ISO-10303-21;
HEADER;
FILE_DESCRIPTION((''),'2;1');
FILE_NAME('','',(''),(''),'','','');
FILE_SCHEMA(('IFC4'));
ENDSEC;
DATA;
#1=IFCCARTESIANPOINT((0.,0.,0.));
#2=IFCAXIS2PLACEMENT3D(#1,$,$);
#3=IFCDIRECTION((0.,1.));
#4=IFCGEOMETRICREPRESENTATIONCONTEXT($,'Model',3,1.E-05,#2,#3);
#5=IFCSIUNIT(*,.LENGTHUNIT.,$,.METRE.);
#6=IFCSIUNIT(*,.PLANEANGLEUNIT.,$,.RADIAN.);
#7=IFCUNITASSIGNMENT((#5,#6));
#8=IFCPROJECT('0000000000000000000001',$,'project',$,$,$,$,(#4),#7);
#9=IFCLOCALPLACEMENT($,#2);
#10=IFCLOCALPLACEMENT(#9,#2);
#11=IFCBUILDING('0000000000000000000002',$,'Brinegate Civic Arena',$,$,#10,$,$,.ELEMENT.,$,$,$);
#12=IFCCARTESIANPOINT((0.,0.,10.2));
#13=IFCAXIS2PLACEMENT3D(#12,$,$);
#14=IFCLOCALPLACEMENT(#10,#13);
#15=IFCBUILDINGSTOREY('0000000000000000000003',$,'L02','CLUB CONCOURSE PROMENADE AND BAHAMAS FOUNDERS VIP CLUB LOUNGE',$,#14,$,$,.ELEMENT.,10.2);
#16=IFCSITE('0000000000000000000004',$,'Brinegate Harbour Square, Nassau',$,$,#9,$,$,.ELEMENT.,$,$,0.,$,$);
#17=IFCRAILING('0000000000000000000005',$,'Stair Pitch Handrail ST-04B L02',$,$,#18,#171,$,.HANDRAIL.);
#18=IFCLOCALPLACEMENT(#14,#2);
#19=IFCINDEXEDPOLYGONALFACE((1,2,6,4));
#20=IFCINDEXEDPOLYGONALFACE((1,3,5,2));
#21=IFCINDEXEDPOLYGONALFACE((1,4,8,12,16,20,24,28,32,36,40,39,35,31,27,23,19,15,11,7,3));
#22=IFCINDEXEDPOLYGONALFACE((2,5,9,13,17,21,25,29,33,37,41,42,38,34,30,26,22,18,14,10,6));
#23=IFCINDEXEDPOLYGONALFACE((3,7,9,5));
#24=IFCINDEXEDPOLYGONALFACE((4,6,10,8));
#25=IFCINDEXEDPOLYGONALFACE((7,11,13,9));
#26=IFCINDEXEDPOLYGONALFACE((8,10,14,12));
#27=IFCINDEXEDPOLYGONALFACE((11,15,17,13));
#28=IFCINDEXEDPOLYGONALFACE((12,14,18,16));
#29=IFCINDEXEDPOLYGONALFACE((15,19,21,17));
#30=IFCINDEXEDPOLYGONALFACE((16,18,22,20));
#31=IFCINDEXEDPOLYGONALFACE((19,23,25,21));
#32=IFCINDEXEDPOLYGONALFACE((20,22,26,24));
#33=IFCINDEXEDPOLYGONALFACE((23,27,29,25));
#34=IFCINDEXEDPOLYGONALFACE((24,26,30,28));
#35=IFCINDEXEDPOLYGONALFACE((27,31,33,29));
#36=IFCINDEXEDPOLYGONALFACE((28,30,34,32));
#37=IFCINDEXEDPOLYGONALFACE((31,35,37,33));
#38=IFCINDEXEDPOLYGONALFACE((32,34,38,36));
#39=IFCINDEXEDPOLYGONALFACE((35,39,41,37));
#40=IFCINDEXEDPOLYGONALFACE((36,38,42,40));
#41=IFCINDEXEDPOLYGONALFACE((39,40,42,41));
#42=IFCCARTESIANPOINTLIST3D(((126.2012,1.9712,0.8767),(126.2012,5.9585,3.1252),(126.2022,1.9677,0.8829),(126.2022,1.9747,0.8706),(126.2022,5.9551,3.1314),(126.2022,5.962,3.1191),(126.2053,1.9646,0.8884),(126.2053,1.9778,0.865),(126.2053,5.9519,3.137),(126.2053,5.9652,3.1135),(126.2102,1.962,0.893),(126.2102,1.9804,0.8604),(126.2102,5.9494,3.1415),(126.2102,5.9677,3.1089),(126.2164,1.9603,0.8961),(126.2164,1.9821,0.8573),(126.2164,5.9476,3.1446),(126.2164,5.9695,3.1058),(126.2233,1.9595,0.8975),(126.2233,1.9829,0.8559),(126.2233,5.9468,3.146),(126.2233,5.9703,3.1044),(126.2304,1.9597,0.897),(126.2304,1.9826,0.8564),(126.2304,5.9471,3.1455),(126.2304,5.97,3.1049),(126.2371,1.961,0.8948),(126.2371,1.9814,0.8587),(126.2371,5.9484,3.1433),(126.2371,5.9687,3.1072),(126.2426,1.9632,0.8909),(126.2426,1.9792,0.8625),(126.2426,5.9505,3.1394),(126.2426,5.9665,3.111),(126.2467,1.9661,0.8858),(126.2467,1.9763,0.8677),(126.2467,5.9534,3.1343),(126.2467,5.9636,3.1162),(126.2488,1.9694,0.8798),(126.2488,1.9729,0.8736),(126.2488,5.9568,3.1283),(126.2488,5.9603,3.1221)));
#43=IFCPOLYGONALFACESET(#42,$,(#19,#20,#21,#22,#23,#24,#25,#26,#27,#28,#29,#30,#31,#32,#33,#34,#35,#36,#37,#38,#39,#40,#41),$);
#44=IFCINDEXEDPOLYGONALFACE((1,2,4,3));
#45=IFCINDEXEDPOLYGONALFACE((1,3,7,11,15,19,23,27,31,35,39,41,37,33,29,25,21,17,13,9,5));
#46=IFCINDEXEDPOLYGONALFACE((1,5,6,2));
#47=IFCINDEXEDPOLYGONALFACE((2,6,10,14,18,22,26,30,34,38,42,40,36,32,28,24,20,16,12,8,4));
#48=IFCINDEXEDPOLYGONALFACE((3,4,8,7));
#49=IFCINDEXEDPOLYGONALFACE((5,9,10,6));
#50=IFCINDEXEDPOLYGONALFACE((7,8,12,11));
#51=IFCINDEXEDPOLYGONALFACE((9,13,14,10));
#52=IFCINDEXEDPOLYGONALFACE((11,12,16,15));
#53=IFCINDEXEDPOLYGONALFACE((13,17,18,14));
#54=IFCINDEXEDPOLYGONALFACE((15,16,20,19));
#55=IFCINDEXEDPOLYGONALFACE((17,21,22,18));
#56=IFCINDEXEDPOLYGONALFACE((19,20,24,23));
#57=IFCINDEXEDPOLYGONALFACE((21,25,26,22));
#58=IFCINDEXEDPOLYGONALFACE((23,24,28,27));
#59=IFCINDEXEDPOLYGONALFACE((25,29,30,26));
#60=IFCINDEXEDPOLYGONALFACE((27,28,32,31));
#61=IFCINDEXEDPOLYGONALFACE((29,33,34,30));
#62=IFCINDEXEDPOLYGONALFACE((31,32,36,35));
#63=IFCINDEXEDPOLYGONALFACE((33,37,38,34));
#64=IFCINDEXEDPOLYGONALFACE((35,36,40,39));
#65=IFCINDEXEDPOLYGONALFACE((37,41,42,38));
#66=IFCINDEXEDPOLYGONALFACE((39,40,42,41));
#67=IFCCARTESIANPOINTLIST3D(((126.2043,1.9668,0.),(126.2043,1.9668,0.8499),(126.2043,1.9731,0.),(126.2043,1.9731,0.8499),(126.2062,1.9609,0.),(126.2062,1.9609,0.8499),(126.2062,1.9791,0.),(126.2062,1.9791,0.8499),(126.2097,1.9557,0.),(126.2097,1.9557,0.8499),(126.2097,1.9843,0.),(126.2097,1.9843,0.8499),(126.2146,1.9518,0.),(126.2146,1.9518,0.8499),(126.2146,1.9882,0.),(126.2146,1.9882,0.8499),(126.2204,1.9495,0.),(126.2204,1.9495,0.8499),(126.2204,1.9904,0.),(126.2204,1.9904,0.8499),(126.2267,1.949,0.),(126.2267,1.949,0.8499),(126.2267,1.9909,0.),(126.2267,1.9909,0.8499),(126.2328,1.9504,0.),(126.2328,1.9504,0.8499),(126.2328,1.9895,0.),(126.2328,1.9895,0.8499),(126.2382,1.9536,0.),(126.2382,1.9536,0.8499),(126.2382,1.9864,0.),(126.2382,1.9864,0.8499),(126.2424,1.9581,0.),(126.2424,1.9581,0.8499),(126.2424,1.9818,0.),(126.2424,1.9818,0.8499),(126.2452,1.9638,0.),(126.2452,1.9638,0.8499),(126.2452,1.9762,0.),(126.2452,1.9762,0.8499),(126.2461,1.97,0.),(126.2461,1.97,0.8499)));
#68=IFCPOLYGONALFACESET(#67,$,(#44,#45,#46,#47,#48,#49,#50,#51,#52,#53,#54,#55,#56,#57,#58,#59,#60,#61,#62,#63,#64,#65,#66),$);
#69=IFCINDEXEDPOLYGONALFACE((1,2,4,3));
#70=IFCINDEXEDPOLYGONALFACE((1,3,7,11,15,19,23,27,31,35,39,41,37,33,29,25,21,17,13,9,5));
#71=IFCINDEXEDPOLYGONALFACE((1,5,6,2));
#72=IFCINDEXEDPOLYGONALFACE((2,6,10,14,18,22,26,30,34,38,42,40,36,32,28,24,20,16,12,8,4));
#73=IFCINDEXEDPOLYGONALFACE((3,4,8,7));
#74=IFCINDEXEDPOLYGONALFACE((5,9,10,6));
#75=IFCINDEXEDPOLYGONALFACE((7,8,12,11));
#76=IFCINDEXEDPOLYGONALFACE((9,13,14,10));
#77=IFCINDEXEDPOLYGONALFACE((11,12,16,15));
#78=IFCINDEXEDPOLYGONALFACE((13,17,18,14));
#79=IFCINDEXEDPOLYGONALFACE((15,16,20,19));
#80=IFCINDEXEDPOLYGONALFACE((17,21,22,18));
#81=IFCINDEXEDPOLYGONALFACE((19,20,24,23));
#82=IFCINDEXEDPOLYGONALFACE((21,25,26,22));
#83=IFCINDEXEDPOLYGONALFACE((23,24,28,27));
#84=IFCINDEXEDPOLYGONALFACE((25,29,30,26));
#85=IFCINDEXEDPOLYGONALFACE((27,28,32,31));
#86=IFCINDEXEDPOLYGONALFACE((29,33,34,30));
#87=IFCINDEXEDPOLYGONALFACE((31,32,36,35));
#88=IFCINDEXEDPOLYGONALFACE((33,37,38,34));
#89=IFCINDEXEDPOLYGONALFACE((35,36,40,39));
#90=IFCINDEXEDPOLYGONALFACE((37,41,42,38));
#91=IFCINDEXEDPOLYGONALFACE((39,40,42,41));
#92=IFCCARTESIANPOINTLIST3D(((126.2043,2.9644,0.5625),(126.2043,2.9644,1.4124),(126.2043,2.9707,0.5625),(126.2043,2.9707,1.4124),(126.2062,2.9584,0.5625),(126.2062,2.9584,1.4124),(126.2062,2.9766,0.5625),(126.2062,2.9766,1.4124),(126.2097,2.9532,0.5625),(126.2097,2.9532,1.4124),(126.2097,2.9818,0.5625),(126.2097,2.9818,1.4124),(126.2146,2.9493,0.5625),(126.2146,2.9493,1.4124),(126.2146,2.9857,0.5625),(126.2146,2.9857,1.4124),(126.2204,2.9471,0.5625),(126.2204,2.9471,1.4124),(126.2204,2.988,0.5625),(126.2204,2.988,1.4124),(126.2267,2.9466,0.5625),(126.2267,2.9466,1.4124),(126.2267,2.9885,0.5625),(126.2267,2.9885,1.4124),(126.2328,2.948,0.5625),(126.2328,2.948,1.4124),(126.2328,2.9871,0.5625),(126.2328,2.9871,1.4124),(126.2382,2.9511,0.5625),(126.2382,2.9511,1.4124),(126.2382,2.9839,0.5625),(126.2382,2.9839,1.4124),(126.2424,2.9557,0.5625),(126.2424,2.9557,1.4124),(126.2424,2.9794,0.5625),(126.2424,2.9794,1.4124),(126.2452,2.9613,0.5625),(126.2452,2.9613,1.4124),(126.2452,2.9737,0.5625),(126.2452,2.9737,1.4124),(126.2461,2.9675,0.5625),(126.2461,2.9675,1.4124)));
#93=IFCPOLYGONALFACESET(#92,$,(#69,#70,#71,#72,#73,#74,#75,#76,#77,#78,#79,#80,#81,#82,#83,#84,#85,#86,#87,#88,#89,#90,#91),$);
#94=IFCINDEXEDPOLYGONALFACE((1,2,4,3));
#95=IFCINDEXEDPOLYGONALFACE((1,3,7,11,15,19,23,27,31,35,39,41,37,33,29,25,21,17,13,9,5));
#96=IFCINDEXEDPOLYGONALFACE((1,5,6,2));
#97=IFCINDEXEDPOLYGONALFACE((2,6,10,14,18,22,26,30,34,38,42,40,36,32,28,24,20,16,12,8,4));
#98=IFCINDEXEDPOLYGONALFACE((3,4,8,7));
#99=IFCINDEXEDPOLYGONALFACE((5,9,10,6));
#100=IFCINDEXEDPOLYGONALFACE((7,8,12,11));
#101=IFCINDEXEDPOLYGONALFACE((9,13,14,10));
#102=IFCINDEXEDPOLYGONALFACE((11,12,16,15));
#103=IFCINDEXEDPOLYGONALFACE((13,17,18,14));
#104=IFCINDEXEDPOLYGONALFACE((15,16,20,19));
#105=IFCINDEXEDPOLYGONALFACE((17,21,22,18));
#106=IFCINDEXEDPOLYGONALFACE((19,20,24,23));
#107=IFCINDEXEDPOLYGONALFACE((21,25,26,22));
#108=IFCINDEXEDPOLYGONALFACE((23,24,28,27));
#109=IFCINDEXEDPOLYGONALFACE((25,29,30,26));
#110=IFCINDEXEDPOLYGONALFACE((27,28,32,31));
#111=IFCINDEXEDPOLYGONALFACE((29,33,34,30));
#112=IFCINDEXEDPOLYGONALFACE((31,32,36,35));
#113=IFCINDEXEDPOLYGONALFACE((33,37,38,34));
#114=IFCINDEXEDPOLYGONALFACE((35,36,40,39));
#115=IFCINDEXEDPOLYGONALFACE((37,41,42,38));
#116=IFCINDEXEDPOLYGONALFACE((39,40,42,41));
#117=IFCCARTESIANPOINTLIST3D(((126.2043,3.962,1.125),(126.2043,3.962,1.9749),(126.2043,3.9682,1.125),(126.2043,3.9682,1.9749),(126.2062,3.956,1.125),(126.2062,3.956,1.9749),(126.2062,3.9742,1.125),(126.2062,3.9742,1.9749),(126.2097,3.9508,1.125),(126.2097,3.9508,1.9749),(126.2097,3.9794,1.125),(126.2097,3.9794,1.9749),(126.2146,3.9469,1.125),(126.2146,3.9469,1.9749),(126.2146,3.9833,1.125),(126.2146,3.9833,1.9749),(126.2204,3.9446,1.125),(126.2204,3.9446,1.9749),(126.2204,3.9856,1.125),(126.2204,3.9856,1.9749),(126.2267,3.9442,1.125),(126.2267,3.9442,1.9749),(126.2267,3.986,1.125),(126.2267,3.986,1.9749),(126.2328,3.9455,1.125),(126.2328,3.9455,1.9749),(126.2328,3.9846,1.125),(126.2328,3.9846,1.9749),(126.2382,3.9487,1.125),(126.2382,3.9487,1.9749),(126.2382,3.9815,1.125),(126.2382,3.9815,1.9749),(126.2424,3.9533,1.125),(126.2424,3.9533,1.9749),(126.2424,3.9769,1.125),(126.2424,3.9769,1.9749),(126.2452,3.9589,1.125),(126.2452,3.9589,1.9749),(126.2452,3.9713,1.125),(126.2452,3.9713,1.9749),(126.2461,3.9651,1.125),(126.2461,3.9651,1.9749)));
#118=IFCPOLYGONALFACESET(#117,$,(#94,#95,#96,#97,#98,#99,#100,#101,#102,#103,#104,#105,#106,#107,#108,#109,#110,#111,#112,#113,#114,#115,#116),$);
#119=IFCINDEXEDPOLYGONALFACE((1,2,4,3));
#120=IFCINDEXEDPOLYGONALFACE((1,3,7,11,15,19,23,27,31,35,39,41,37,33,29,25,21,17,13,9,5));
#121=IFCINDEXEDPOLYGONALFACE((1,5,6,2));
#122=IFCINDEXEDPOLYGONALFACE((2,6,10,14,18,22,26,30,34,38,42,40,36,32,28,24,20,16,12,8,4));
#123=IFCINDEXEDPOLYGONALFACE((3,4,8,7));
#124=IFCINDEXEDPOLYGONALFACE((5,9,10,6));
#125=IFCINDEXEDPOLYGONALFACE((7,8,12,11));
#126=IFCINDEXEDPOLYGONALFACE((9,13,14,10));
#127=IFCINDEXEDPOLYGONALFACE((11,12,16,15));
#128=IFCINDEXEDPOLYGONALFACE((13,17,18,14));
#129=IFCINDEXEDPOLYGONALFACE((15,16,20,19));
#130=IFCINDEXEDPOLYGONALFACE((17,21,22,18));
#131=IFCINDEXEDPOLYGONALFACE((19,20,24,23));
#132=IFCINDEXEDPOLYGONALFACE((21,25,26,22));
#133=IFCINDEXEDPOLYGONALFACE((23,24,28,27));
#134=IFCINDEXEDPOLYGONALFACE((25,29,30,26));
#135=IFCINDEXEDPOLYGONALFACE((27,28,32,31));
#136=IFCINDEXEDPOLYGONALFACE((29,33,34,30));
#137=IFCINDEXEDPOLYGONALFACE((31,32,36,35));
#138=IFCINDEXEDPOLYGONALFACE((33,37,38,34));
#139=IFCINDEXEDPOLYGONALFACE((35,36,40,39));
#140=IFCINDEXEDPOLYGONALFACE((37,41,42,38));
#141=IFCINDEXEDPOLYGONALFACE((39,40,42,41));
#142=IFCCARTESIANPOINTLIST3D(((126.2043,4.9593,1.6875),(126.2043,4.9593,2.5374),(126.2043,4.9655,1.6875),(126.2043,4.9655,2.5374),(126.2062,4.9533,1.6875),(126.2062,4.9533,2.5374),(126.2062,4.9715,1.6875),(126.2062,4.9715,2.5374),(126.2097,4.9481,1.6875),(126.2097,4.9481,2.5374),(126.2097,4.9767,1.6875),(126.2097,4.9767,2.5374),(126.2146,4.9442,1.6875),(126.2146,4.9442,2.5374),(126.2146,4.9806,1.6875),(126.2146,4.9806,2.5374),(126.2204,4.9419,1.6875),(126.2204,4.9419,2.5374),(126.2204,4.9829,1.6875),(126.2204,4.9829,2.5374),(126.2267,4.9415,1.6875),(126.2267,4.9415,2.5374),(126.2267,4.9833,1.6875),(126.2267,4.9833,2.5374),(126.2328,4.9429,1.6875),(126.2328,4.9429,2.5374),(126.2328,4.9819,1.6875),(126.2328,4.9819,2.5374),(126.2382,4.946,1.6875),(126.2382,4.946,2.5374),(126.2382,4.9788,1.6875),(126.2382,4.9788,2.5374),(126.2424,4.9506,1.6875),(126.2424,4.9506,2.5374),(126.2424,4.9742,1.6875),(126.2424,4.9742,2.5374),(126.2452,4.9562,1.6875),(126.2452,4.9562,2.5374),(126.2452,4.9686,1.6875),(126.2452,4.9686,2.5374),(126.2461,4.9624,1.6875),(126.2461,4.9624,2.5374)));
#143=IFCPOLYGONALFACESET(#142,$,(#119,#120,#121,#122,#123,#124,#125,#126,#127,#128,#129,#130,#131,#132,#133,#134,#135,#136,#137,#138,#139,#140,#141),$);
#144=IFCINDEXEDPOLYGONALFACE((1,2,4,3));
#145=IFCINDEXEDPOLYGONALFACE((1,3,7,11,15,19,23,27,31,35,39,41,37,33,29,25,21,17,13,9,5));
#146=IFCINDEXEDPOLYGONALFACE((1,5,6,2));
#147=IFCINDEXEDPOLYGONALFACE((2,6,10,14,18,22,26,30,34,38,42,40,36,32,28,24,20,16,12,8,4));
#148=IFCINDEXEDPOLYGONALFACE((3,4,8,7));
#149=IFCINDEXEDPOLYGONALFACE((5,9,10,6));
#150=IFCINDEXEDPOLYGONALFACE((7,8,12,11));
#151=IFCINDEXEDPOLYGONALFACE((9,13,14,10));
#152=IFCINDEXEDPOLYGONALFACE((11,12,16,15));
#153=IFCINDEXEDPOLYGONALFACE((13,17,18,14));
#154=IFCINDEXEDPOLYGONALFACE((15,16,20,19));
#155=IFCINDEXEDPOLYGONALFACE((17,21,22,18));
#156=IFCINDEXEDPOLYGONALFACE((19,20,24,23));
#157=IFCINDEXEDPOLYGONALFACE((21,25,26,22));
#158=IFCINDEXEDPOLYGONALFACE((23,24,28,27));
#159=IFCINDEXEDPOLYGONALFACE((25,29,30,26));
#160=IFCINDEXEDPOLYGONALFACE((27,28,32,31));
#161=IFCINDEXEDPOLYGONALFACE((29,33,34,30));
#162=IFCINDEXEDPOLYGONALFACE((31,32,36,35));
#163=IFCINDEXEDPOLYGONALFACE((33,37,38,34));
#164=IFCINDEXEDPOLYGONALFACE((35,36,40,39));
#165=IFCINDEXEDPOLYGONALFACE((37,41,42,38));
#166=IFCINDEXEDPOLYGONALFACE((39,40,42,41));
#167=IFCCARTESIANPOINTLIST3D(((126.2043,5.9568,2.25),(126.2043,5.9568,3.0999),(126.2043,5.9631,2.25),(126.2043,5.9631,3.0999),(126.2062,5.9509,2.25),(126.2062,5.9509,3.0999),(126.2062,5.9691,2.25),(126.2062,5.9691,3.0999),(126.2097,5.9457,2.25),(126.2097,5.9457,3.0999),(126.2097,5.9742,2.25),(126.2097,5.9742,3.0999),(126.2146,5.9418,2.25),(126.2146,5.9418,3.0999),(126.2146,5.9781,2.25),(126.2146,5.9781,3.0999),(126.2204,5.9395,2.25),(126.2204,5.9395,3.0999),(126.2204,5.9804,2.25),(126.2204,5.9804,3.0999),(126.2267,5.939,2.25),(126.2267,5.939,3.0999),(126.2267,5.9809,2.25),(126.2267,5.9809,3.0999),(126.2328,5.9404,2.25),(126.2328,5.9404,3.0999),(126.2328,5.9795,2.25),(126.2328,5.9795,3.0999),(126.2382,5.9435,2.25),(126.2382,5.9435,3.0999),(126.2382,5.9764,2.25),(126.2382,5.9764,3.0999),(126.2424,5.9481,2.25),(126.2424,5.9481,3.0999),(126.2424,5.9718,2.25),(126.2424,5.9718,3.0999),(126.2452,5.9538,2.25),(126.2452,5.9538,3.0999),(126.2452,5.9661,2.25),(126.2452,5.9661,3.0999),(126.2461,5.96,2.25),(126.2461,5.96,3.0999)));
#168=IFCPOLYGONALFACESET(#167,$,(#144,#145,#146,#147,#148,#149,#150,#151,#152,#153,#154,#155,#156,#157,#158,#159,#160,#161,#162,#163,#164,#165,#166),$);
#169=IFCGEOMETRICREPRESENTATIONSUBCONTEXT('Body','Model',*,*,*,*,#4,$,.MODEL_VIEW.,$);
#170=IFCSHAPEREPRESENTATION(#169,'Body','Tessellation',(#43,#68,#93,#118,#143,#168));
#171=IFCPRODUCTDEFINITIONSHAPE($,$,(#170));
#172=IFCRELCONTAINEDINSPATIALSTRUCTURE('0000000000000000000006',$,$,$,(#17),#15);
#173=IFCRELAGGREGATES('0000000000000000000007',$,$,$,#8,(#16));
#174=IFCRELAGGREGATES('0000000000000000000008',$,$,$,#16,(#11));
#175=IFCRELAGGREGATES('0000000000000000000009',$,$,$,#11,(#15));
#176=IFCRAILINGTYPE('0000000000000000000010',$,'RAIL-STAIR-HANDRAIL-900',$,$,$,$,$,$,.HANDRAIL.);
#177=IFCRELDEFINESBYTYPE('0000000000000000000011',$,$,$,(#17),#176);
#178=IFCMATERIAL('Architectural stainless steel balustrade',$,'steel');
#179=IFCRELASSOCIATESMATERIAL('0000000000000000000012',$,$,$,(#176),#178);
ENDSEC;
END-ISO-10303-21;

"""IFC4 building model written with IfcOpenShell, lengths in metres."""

from ifc_helpers import new_model, si_unit, direction, frame, origin, origin_2d, place, context, subcontext, project, spatial, circle, extrude, material, type_object, element, save


model = new_model("IFC4")

# Units and contexts
model_context = context("Model", 3, precision=1e-05, world=origin(), true_north=direction((0.0, 1.0)))
body_context = subcontext(model_context, "Body", "Model", "MODEL_VIEW")
ifc_project = project(units=[si_unit("LENGTHUNIT", "METRE"), si_unit("PLANEANGLEUNIT", "RADIAN")], contexts=[model_context])

# Site, building, storey
site_placement = place(None, origin())
site = spatial("IfcSite", under=ifc_project, at=site_placement, Name="Brinegate Harbour Square, Nassau", CompositionType="ELEMENT", RefElevation=0.0)
building_placement = place(site_placement, origin())
building = spatial("IfcBuilding", under=site, at=building_placement, Name="Brinegate Civic Arena", CompositionType="ELEMENT")
storey_placement = place(building_placement, frame((0.0, 0.0, 10.2)))
storey = spatial("IfcBuildingStorey", under=building, at=storey_placement, Name="L02", Description="CLUB CONCOURSE PROMENADE AND BAHAMAS FOUNDERS VIP CLUB LOUNGE", CompositionType="ELEMENT", Elevation=10.2)

# Railing
ifc_material_1 = material(Name="Architectural stainless steel balustrade", Category="steel")
railing_type_1 = type_object("IfcRailingType", Name="RAIL-STAIR-HANDRAIL-900", PredefinedType="HANDRAIL", material=ifc_material_1)
for number, where, name in (
    (1, (126.2251, 1.97, 0.0), "Stair Pitch Handrail ST-04B L02"),
):
    element("IfcRailing", number, at=place(storey_placement, frame(where)), inside=storey, type_object=railing_type_1, Name=name, PredefinedType="HANDRAIL", context=body_context, shape_type="SweptSolid", body=[
        extrude(circle(Radius=0.0239, at=origin_2d()), frame((0.0, 0.0012, 0.8767), z_axis=(0.0, 0.87105, 0.491195), x_axis=(-1.0, 0.0, 0.0)), (0.0, 0.0, 1.0), 4.5776),
        extrude(circle(Radius=0.021, at=origin_2d()), origin(), (0.0, 0.0, 1.0), 0.8499),
        extrude(circle(Radius=0.021, at=origin_2d()), frame((0.0, 0.9976, 0.5625)), (0.0, 0.0, 1.0), 0.8499),
        extrude(circle(Radius=0.021, at=origin_2d()), frame((0.0, 1.9951, 1.125)), (0.0, 0.0, 1.0), 0.8499),
        extrude(circle(Radius=0.021, at=origin_2d()), frame((0.0, 2.9924, 1.6875)), (0.0, 0.0, 1.0), 0.8499),
        extrude(circle(Radius=0.021, at=origin_2d()), frame((0.0, 3.99, 2.25)), (0.0, 0.0, 1.0), 0.8499),
    ])

save(model, "model.ifc")
